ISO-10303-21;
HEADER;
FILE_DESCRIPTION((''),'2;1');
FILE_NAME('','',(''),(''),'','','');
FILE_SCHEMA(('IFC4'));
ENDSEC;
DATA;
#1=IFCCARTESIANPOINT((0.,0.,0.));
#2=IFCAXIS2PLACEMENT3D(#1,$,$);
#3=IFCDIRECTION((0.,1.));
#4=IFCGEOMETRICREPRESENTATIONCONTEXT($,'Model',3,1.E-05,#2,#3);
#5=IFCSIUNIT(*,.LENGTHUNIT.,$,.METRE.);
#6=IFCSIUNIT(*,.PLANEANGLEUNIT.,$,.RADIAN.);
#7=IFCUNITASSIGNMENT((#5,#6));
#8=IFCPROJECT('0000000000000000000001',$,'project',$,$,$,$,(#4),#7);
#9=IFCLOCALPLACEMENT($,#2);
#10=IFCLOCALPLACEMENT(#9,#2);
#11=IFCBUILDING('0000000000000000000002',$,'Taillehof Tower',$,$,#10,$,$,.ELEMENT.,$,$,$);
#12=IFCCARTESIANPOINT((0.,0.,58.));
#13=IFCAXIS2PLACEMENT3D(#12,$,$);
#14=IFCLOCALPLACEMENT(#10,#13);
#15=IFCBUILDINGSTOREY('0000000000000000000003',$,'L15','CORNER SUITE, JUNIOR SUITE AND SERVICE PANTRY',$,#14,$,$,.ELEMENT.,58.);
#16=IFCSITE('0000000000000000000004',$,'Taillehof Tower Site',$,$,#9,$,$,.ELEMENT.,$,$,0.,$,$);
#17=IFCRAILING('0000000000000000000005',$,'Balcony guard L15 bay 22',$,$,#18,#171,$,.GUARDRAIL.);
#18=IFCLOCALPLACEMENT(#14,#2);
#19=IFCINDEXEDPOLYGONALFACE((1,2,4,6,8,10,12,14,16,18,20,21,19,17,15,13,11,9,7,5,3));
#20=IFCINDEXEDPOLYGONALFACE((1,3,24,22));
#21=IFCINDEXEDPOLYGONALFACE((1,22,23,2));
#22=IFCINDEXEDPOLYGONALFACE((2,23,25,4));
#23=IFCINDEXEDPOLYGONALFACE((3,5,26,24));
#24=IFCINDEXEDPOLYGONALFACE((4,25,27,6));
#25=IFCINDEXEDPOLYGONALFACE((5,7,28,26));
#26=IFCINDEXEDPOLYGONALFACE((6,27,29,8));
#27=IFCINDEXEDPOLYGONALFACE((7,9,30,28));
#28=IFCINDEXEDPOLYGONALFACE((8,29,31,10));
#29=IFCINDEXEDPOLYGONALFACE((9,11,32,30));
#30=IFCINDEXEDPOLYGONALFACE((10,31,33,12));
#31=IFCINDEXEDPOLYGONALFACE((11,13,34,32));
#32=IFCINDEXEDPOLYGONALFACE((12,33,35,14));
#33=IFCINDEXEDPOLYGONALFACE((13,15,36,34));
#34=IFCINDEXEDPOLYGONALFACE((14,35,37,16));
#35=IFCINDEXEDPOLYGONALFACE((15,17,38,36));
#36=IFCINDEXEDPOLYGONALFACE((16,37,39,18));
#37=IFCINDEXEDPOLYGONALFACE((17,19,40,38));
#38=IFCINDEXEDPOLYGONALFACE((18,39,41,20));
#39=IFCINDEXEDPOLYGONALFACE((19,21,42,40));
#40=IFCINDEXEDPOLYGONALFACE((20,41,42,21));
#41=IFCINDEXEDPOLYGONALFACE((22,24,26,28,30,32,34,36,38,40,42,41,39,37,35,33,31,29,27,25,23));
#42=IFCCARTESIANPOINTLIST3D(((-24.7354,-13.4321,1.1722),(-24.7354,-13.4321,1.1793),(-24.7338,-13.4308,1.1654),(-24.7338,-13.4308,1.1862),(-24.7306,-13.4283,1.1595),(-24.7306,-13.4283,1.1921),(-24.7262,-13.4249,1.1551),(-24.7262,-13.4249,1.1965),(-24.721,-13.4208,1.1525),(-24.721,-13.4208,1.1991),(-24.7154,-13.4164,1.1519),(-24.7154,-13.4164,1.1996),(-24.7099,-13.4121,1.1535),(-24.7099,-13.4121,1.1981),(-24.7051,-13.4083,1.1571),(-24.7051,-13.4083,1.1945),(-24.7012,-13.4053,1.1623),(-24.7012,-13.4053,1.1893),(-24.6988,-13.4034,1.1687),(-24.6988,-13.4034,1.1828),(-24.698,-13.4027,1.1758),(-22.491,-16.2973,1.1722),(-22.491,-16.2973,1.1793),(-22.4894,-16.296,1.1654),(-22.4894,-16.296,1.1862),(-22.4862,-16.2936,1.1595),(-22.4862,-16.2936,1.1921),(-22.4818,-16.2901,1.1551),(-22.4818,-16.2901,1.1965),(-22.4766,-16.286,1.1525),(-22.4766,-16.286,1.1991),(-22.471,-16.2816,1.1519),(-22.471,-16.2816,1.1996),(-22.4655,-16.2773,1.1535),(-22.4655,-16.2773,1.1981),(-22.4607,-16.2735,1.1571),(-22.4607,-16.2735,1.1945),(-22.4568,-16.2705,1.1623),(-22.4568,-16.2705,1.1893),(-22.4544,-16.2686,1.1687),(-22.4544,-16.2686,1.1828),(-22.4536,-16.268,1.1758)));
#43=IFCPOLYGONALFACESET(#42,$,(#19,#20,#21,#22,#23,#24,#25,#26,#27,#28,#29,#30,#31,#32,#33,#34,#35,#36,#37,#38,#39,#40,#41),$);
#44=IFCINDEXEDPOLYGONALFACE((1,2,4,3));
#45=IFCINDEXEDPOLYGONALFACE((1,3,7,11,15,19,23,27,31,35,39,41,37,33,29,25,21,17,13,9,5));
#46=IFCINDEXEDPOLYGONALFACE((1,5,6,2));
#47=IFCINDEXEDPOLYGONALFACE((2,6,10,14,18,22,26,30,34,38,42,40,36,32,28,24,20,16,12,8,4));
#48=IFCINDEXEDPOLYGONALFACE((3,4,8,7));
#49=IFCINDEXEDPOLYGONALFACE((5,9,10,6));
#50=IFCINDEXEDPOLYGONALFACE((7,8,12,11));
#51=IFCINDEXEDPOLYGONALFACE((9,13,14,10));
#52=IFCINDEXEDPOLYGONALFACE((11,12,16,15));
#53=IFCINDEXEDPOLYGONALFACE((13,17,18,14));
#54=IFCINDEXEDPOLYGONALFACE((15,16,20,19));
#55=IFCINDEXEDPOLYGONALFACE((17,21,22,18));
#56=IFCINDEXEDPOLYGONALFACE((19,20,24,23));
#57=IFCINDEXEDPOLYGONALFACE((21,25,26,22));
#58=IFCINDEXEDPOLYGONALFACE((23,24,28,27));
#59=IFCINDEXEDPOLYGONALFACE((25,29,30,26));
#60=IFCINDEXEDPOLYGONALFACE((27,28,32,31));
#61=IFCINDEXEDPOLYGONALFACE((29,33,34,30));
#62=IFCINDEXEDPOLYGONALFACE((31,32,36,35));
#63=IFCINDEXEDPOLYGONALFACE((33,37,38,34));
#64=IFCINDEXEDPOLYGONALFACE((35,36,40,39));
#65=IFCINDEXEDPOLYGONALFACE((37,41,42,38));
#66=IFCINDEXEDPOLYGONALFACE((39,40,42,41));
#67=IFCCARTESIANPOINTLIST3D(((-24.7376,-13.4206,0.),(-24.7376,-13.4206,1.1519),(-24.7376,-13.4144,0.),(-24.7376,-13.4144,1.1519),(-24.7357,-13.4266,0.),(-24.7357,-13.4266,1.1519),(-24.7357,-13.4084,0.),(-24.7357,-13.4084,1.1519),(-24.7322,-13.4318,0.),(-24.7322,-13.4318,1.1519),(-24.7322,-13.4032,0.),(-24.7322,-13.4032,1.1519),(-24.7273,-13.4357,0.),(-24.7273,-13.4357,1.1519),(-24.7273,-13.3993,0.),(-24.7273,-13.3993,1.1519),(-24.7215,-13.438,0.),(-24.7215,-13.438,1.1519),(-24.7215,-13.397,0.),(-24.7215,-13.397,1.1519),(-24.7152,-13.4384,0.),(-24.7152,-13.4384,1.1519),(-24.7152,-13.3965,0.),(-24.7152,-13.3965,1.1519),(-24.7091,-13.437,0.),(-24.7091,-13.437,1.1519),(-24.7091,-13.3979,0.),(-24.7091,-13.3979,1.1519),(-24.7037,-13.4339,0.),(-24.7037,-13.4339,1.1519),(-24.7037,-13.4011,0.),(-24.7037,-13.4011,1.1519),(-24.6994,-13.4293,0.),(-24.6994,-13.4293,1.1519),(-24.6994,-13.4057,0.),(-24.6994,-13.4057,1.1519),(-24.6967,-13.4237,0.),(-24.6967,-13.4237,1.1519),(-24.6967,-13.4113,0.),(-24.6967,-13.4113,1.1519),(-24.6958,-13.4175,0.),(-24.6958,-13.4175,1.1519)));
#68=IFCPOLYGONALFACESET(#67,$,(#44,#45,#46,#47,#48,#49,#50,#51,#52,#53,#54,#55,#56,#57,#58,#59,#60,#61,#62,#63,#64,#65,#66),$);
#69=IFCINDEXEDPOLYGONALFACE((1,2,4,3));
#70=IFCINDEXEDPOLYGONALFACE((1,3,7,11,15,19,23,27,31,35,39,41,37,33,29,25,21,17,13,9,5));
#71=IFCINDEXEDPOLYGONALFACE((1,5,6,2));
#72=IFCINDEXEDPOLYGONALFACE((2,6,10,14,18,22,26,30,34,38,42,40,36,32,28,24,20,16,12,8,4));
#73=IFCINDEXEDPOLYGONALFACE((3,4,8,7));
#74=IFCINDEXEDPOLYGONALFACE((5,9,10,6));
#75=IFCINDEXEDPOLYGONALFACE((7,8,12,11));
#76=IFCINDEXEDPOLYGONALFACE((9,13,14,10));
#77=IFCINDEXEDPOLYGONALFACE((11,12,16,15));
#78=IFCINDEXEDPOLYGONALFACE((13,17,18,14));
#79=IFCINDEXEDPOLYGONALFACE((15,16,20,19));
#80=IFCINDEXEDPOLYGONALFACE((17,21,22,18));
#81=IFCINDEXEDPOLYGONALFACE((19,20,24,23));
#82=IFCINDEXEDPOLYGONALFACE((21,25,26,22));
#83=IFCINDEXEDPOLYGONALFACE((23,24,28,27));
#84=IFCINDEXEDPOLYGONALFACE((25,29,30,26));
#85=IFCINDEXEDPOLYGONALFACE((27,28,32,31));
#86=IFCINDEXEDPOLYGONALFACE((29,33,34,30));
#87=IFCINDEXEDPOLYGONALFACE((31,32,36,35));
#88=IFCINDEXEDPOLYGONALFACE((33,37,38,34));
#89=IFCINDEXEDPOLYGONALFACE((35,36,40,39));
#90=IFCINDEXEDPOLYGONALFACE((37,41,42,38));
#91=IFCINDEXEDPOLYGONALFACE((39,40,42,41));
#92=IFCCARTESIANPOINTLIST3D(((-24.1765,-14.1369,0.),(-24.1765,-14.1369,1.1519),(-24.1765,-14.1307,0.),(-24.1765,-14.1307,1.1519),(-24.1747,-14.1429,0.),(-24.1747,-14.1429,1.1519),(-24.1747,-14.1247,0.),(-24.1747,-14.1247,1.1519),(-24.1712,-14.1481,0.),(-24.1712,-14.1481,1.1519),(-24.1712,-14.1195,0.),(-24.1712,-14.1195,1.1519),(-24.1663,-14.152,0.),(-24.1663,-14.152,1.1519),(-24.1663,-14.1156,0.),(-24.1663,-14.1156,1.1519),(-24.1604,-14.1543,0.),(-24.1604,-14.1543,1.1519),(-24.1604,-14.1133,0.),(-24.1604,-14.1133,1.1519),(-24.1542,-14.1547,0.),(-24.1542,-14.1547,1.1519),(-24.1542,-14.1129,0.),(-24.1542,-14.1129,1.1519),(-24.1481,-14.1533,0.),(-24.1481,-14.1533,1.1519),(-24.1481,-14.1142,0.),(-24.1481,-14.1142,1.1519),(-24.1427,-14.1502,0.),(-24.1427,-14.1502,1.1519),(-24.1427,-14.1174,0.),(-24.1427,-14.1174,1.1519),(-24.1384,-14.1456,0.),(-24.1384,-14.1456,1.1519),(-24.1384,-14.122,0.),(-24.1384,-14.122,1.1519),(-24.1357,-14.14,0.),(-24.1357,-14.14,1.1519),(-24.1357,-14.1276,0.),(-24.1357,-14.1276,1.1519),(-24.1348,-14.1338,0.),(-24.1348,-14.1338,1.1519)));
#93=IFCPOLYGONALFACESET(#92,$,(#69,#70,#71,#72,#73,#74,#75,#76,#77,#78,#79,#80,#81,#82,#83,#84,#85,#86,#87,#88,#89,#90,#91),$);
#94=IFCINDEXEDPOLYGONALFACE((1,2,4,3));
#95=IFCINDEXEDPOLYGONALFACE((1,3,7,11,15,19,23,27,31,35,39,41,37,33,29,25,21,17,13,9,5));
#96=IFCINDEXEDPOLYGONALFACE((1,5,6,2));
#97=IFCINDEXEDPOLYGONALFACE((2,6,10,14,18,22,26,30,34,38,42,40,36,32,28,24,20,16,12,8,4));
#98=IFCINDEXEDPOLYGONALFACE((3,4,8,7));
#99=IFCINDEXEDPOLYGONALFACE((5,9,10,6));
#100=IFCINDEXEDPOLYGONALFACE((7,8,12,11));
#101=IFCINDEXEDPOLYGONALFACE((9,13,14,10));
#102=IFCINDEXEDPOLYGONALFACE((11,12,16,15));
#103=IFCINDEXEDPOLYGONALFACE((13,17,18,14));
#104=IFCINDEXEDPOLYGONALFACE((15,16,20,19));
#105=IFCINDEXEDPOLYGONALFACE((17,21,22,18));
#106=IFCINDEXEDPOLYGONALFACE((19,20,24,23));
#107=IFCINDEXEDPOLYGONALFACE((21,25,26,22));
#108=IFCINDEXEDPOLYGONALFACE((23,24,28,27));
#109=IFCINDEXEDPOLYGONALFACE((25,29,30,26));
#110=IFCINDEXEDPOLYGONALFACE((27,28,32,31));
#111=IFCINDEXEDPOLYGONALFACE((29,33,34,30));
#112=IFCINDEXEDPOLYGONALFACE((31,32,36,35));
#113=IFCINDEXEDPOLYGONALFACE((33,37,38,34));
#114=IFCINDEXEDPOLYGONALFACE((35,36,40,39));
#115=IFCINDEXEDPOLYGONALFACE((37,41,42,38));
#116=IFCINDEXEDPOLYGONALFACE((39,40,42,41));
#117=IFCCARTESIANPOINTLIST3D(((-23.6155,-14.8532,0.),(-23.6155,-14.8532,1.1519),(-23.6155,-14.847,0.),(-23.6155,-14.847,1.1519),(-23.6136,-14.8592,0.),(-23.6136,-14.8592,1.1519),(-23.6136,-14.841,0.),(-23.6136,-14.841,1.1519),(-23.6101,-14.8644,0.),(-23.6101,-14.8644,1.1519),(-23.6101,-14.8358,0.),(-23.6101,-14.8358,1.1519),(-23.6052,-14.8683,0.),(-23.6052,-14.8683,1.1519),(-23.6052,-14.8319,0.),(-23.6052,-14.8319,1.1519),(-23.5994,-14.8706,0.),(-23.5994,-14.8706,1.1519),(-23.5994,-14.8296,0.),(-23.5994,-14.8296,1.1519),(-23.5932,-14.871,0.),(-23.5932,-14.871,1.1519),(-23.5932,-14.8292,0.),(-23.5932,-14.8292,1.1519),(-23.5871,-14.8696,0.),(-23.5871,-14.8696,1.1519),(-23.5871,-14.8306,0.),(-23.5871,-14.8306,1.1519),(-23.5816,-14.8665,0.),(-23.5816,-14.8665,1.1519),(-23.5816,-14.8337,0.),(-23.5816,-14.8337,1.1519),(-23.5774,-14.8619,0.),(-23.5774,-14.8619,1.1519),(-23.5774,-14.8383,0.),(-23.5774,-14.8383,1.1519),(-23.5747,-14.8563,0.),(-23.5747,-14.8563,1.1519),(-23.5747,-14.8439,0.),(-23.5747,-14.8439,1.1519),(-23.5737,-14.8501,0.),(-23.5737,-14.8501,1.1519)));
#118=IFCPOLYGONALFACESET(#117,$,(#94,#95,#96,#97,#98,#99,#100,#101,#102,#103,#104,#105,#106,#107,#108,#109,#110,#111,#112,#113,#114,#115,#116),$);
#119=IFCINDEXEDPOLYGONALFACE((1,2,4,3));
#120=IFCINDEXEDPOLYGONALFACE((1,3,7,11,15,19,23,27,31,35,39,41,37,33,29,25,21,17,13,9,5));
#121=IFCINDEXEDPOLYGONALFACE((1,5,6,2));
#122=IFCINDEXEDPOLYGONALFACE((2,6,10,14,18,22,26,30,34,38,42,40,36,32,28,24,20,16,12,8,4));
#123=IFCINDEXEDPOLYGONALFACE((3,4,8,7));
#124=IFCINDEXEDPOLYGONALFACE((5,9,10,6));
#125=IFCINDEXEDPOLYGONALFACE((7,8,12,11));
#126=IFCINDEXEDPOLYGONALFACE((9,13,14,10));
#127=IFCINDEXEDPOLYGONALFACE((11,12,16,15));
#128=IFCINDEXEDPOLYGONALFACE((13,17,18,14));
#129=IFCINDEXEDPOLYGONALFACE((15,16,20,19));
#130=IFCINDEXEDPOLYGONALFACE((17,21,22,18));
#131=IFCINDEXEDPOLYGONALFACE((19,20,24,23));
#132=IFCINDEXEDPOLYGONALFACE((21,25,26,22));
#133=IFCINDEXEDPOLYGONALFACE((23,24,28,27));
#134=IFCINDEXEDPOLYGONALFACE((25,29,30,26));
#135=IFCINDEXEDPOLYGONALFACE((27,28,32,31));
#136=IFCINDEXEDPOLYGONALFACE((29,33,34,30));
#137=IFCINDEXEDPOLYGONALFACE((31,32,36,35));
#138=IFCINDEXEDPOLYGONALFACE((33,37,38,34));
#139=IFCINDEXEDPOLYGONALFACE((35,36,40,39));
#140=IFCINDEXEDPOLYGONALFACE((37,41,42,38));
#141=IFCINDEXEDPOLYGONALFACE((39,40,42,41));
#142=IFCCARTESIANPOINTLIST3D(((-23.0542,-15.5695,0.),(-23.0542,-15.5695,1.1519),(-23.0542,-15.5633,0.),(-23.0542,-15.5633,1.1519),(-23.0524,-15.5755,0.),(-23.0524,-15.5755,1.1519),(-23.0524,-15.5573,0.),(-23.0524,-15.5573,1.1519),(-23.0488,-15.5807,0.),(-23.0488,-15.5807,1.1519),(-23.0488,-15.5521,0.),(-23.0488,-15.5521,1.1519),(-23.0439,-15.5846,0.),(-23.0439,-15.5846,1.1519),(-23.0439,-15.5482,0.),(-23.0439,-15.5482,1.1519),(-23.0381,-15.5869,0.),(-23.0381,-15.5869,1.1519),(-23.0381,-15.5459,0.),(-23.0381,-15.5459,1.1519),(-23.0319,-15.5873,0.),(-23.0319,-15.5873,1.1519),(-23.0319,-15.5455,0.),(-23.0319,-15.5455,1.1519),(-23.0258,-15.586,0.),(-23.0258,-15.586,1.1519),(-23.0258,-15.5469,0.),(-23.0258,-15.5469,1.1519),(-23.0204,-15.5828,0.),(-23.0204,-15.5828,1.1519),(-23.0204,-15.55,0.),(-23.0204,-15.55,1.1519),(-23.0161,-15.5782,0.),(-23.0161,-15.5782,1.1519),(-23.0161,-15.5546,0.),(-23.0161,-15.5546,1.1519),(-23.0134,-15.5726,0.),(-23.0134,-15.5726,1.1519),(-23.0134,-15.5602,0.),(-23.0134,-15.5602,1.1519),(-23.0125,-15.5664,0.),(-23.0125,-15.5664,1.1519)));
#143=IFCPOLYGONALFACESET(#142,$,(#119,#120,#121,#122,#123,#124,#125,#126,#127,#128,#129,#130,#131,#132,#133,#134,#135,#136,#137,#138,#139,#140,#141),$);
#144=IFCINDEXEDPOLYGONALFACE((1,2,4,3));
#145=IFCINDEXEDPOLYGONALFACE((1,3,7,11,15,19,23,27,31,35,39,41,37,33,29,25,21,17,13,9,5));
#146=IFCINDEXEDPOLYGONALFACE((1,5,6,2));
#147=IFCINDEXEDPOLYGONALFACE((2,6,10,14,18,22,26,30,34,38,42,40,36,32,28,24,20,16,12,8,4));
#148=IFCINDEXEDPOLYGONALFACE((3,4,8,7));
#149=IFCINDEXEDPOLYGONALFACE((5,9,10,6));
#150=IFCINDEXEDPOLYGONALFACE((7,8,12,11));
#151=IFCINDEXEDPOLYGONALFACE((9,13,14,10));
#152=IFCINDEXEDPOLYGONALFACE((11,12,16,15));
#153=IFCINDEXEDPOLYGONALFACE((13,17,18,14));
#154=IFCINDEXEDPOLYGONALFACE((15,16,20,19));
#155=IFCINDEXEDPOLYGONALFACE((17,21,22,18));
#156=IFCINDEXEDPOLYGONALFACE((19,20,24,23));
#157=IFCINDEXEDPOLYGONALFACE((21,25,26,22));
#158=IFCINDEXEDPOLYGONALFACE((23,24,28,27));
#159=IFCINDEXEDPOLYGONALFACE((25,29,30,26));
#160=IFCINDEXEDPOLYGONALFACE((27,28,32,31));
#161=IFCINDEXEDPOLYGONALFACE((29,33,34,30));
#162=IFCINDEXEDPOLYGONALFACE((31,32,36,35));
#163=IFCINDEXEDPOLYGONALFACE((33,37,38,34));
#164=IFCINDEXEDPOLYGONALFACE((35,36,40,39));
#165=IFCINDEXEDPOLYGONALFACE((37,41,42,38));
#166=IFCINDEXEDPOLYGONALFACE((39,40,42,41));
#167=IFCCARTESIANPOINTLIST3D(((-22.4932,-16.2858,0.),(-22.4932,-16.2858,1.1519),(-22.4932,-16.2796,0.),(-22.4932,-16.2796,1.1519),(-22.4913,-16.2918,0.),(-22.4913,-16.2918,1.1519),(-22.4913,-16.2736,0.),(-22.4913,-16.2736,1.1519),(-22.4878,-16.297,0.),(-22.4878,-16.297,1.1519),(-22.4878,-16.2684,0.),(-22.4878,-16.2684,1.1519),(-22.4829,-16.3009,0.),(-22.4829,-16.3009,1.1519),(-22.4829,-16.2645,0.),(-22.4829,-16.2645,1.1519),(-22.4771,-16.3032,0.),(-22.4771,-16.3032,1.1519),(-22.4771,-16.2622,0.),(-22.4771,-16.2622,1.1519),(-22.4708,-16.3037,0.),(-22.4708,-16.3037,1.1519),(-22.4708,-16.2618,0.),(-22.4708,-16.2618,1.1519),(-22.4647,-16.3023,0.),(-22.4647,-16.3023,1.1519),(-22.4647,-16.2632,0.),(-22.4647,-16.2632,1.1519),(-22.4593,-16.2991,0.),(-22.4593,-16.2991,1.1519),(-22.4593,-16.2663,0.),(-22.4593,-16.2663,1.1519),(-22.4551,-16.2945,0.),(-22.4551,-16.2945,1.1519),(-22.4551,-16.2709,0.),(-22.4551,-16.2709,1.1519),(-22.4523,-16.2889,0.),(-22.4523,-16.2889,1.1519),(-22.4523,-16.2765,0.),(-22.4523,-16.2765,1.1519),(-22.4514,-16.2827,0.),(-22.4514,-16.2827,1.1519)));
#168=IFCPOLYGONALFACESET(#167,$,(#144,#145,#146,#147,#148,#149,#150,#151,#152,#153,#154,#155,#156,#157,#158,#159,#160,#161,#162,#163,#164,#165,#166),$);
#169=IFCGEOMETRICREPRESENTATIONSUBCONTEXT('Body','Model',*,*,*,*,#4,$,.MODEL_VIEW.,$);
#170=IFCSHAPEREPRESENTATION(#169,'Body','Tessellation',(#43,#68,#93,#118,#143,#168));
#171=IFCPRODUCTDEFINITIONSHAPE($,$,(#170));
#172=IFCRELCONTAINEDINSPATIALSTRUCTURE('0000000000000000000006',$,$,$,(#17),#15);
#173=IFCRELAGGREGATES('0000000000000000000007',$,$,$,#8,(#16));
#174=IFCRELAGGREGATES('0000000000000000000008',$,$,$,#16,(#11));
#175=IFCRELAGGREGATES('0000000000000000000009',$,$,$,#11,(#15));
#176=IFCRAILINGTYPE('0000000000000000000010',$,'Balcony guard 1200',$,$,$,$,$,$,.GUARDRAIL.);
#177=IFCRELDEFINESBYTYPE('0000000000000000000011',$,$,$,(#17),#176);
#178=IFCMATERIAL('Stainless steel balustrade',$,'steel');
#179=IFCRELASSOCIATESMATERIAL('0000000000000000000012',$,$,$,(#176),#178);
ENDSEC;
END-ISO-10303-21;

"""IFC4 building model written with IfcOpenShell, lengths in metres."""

from ifc_helpers import new_model, si_unit, direction, frame, origin, origin_2d, place, context, subcontext, project, spatial, circle, extrude, material, type_object, element, save


model = new_model("IFC4")

# Units and contexts
model_context = context("Model", 3, precision=1e-05, world=origin(), true_north=direction((0.0, 1.0)))
body_context = subcontext(model_context, "Body", "Model", "MODEL_VIEW")
ifc_project = project(units=[si_unit("LENGTHUNIT", "METRE"), si_unit("PLANEANGLEUNIT", "RADIAN")], contexts=[model_context])

# Site, building, storey
site_placement = place(None, origin())
site = spatial("IfcSite", under=ifc_project, at=site_placement, Name="Taillehof Tower Site", CompositionType="ELEMENT", RefElevation=0.0)
building_placement = place(site_placement, origin())
building = spatial("IfcBuilding", under=site, at=building_placement, Name="Taillehof Tower", CompositionType="ELEMENT")
storey_placement = place(building_placement, frame((0.0, 0.0, 58.0)))
storey = spatial("IfcBuildingStorey", under=building, at=storey_placement, Name="L15", Description="CORNER SUITE, JUNIOR SUITE AND SERVICE PANTRY", CompositionType="ELEMENT", Elevation=58.0)

# Railing
ifc_material_1 = material(Name="Stainless steel balustrade", Category="steel")
railing_type = type_object("IfcRailingType", Name="Balcony guard 1200", PredefinedType="GUARDRAIL", material=ifc_material_1)
railing_1_placement = place(storey_placement, frame((-24.7168, -13.4175, 0.0)))
element("IfcRailing", 1, at=railing_1_placement, inside=storey, type_object=railing_type, Name="Balcony guard L15 bay 22", PredefinedType="GUARDRAIL", context=body_context, shape_type="SweptSolid", body=[
    extrude(circle(Radius=0.0239, at=origin_2d()), frame((0.0, 0.0, 1.1758), z_axis=(0.616654, -0.787235, 0.0), x_axis=(0.787235, 0.616654, 0.0)), (0.0, 0.0, 1.0), 3.6396),
    extrude(circle(Radius=0.021, at=origin_2d()), origin(), (0.0, 0.0, 1.0), 1.1519),
    extrude(circle(Radius=0.021, at=origin_2d()), frame((0.561, -0.7163, 0.0)), (0.0, 0.0, 1.0), 1.1519),
    extrude(circle(Radius=0.021, at=origin_2d()), frame((1.1221, -1.4326, 0.0)), (0.0, 0.0, 1.0), 1.1519),
    extrude(circle(Radius=0.021, at=origin_2d()), frame((1.6833, -2.1489, 0.0)), (0.0, 0.0, 1.0), 1.1519),
    extrude(circle(Radius=0.021, at=origin_2d()), frame((2.2444, -2.8652, 0.0)), (0.0, 0.0, 1.0), 1.1519),
])

save(model, "model.ifc")
